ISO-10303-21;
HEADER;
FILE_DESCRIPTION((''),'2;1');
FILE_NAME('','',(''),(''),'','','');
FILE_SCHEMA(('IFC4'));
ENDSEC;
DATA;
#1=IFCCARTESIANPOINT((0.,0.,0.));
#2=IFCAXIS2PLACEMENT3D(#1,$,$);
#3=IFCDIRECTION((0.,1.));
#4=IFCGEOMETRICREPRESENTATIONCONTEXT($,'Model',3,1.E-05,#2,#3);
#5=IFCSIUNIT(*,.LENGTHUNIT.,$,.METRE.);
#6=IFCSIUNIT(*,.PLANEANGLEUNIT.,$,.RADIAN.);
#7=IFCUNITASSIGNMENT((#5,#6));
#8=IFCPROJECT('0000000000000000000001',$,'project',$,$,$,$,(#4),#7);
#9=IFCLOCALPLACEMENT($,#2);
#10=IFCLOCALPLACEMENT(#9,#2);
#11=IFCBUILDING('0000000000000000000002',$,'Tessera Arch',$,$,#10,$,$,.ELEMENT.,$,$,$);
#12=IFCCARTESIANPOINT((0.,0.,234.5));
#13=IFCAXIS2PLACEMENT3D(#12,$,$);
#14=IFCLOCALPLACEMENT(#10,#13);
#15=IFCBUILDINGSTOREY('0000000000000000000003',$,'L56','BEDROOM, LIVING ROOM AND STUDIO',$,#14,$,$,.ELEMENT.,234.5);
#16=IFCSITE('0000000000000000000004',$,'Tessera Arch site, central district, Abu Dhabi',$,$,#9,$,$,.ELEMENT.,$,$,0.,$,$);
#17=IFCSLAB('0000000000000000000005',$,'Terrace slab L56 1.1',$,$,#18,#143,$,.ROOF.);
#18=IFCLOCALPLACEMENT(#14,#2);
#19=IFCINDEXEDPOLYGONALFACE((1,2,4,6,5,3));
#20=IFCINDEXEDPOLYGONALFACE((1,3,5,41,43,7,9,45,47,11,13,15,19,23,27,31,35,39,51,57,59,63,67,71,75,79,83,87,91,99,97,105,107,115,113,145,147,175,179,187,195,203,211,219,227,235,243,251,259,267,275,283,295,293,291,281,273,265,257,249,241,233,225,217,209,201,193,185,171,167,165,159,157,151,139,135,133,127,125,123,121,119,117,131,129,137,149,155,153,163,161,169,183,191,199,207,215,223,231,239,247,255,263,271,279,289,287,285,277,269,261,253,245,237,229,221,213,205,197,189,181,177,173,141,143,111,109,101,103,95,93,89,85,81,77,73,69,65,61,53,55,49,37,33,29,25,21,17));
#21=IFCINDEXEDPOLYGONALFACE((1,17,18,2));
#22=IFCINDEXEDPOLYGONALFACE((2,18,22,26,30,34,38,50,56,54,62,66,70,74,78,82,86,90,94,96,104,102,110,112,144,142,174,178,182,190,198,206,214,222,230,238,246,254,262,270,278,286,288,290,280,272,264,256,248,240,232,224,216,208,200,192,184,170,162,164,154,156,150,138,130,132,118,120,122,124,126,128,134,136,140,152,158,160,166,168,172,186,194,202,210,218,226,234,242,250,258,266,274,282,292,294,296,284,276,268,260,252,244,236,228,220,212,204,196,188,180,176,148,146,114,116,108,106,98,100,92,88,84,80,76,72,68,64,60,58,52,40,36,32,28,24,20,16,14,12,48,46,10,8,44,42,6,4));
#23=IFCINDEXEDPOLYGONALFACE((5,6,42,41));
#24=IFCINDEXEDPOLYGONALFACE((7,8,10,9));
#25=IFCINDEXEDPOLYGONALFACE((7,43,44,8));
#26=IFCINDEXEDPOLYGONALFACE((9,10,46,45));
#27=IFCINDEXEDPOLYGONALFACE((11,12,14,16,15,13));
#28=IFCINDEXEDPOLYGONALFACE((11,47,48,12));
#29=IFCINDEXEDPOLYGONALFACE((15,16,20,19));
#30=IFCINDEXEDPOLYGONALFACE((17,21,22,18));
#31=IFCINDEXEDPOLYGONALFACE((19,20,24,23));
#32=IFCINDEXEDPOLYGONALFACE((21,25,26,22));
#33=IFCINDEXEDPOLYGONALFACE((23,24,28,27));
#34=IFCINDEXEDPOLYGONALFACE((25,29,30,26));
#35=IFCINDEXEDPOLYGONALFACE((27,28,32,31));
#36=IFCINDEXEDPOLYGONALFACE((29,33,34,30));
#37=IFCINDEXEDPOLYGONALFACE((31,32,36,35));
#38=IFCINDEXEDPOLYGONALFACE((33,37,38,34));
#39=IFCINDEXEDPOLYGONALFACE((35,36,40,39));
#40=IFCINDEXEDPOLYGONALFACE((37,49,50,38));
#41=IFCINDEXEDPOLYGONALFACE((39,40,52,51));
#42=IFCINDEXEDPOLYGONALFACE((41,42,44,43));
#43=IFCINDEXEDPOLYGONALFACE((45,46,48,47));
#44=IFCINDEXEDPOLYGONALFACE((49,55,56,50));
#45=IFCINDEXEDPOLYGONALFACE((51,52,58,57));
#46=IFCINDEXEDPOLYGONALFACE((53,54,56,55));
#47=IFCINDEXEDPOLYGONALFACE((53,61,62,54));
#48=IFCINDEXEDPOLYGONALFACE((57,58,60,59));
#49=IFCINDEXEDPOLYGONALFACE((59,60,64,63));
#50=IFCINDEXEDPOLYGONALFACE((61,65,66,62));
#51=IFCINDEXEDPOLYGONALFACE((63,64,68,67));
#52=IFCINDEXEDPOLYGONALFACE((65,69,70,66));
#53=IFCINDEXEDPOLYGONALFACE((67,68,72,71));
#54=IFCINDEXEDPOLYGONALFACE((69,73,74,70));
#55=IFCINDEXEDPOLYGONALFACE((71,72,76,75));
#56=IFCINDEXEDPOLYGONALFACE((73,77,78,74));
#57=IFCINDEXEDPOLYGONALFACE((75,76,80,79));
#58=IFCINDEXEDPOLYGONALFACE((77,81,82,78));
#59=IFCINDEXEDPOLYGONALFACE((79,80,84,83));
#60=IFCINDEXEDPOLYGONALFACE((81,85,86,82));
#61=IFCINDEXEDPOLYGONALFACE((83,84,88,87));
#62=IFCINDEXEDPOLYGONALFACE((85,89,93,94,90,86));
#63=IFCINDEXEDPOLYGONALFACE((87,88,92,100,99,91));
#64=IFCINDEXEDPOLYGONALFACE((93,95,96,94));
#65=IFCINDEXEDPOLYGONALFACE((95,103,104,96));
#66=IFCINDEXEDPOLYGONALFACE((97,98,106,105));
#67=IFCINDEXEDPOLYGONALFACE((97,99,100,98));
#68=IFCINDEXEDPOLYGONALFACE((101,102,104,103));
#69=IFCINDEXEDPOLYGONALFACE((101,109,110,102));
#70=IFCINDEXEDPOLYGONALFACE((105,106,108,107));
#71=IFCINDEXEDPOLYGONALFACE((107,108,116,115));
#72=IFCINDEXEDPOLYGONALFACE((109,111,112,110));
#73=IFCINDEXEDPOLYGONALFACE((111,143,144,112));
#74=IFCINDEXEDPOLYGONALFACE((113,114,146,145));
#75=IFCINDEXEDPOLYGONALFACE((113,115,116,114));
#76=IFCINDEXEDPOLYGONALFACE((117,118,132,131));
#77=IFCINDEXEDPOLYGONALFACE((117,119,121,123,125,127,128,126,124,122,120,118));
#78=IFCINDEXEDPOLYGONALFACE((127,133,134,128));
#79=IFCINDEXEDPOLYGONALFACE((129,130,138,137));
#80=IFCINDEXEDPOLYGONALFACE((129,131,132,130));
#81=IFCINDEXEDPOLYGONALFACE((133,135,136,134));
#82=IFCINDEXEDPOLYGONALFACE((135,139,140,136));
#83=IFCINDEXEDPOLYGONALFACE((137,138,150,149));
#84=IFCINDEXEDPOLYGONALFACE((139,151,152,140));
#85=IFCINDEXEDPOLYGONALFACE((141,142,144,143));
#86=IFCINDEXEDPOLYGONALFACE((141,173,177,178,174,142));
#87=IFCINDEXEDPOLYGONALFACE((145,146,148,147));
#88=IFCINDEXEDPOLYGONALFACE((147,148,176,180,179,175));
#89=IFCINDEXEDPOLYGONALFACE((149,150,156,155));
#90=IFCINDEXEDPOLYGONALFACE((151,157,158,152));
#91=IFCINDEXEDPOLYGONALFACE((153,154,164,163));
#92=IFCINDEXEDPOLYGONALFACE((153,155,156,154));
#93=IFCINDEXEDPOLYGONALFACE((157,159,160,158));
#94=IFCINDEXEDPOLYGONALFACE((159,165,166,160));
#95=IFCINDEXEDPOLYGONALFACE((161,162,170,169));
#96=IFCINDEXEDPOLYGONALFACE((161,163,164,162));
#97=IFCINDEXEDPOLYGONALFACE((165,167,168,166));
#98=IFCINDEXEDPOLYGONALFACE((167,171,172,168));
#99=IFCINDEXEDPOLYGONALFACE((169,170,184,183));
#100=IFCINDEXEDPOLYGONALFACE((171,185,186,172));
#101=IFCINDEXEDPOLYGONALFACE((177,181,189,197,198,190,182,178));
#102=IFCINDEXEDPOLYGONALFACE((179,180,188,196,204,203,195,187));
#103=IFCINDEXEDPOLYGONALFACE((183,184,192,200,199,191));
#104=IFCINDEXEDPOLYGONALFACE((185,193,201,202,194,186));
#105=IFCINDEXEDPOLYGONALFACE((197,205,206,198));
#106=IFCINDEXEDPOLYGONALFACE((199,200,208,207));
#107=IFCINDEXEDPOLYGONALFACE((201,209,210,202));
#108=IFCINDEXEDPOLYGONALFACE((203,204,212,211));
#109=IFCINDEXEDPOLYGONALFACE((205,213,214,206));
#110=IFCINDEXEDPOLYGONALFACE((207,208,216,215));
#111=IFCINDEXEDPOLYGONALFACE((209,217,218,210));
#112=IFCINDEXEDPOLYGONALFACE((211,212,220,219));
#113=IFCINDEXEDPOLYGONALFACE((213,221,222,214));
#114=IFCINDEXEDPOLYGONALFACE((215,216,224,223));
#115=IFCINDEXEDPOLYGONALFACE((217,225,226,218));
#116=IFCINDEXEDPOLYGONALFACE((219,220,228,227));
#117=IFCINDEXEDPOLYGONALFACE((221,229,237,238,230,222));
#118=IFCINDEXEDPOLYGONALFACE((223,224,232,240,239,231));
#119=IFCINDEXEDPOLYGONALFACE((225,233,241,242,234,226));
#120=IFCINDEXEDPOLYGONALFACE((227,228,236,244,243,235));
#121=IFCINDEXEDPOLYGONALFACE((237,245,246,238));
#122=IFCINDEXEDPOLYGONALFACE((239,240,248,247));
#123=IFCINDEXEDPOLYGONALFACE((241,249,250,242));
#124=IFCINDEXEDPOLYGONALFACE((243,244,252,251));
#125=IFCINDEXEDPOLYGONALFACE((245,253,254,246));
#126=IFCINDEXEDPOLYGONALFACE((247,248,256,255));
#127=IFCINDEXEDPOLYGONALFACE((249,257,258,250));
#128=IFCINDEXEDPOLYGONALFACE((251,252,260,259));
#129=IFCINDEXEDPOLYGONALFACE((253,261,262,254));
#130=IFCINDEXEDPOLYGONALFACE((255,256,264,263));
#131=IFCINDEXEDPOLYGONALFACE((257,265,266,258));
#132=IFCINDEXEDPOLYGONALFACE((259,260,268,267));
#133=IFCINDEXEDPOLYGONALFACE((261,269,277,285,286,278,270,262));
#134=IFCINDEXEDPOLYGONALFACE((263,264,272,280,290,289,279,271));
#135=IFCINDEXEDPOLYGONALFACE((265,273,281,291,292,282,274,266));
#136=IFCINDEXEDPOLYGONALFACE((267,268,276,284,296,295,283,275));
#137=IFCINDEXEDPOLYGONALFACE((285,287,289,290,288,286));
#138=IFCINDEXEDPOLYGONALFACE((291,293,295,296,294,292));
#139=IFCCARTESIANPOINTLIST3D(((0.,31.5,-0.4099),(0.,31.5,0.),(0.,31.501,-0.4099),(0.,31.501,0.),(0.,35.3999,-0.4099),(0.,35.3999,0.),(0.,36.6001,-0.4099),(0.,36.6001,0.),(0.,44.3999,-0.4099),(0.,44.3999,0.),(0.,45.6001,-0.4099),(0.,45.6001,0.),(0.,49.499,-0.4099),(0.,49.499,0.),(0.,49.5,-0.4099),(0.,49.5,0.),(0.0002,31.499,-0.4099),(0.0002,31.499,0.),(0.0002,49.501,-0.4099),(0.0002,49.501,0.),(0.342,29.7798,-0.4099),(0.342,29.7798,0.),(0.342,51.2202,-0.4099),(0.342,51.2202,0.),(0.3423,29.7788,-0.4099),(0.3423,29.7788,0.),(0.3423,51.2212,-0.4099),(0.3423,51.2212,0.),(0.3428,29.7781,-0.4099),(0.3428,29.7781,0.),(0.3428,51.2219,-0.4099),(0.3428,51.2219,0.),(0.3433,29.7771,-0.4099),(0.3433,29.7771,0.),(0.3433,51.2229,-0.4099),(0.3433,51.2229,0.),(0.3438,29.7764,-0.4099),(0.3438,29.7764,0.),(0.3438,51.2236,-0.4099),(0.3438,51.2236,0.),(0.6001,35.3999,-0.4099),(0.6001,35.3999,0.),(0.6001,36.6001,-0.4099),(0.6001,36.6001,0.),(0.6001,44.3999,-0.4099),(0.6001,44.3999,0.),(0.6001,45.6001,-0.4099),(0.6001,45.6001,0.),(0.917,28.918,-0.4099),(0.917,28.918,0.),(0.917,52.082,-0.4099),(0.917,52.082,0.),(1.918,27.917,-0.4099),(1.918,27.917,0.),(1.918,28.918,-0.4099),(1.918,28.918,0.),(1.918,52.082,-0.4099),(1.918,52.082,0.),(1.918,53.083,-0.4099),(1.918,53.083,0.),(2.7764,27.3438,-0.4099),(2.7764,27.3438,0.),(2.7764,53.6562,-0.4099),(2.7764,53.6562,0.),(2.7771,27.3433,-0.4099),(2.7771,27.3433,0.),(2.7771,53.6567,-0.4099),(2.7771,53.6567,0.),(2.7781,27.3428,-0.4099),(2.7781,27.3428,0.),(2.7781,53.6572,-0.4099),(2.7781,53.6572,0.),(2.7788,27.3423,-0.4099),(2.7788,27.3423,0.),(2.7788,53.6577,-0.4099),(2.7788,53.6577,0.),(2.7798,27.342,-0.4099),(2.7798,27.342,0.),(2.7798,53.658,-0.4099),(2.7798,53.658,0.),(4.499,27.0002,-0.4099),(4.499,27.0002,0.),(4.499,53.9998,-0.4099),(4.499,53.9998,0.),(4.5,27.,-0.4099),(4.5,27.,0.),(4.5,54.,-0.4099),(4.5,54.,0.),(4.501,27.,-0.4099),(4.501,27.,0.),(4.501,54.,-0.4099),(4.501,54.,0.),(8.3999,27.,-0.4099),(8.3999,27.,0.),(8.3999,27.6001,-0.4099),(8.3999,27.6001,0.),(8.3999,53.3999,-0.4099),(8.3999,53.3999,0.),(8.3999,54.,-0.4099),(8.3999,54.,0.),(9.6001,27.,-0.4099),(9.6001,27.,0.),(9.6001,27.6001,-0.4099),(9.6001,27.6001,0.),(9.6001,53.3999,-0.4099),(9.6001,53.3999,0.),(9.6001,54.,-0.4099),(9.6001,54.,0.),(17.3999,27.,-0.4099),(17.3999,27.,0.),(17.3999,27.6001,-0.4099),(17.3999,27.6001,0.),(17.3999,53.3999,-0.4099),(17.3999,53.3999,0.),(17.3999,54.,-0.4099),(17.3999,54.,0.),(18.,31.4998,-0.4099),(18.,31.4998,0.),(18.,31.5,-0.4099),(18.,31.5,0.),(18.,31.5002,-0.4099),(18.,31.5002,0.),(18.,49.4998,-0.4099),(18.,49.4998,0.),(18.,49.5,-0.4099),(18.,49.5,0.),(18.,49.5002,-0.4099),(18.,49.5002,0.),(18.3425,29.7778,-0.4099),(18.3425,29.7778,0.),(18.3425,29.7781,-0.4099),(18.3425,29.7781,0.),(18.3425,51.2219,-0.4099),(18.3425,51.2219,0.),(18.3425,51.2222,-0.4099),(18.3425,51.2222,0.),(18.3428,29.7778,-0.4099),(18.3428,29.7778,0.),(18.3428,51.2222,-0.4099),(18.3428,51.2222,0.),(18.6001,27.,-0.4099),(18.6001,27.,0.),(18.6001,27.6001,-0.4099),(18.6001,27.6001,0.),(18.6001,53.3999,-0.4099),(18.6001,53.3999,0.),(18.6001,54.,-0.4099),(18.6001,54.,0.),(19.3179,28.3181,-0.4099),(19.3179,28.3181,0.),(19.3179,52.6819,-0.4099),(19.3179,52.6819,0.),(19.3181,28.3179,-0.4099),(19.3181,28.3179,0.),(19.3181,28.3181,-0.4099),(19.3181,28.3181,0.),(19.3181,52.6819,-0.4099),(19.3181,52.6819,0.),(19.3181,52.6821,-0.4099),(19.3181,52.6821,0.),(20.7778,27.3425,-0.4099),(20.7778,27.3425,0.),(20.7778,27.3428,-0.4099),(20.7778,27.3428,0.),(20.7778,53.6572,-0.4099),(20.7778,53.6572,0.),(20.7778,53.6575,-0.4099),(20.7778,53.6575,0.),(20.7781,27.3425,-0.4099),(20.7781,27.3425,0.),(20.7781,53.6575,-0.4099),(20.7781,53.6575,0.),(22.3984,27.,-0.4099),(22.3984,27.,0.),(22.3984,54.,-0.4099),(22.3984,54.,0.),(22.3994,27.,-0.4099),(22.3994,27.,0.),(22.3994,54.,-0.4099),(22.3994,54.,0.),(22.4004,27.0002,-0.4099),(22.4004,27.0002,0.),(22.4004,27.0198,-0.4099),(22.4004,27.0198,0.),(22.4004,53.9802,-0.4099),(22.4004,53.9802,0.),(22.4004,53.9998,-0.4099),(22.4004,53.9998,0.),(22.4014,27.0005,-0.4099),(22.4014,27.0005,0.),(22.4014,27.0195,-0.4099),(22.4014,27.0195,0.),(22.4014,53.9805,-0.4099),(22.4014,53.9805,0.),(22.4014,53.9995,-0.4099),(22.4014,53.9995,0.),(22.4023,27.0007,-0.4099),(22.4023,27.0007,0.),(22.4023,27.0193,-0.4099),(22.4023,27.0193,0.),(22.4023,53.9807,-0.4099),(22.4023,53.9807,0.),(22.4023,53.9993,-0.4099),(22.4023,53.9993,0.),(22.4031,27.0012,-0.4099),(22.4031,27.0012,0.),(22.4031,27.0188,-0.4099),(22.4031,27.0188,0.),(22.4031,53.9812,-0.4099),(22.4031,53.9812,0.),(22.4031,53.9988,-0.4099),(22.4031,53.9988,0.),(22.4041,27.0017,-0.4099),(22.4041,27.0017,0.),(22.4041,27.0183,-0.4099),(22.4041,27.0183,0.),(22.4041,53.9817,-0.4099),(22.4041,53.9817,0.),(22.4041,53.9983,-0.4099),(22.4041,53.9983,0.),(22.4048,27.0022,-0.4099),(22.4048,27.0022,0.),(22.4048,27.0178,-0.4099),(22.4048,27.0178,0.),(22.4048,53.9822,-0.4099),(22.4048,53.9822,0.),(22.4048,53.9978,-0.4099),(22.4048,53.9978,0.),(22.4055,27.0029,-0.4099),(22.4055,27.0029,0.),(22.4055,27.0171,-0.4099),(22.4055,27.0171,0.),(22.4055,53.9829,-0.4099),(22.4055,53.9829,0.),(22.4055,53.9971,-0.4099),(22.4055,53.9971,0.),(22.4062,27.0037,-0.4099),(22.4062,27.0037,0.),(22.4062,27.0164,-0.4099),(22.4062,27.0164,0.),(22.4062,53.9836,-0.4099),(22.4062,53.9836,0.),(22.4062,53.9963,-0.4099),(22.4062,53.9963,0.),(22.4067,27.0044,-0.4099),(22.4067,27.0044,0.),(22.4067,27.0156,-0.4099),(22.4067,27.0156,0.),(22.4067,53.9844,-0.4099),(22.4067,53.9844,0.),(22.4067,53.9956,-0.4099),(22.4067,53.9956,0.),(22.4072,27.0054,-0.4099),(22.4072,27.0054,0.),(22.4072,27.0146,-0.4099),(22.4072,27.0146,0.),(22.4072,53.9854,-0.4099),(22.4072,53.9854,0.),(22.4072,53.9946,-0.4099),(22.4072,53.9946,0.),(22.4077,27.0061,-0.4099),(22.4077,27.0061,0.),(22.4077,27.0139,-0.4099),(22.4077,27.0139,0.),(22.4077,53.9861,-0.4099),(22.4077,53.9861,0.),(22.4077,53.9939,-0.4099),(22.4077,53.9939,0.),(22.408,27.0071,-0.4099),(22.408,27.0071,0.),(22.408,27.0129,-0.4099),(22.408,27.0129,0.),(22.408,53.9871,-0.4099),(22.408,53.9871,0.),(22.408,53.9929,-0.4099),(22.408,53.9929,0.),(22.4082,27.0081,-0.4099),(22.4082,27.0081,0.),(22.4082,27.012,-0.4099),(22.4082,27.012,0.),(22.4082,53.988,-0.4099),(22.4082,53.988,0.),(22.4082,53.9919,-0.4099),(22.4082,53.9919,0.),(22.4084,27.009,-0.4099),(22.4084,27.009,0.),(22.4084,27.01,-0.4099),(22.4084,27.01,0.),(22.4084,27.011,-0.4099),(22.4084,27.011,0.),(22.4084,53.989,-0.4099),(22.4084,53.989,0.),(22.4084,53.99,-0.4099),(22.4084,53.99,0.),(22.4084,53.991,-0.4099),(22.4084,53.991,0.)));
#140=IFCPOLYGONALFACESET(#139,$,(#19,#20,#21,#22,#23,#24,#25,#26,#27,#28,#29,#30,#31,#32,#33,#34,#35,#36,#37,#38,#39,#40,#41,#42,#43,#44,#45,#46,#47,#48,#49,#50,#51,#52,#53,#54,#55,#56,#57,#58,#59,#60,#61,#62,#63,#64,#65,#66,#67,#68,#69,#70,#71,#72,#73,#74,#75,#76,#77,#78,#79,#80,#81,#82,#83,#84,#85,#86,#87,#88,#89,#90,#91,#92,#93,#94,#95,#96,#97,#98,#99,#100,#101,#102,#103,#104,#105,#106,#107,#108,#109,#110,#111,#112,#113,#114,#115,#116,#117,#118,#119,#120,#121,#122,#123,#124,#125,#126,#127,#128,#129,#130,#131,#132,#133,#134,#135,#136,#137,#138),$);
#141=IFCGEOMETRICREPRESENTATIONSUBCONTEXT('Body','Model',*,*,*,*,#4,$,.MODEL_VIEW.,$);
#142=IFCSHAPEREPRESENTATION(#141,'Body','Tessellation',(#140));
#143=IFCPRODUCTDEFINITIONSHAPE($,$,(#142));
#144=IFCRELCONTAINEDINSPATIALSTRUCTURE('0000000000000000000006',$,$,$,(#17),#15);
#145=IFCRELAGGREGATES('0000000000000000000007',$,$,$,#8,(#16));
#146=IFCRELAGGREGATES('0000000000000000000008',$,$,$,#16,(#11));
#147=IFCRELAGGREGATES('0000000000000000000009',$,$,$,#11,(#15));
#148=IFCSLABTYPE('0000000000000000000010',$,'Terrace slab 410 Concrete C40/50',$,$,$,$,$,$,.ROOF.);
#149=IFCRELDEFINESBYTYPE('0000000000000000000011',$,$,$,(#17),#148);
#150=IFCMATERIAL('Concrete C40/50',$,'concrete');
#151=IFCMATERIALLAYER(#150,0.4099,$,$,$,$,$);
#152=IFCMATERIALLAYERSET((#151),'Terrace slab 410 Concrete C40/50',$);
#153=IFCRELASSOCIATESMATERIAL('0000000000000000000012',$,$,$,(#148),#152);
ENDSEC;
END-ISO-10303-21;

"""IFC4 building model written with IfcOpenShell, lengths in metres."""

from ifc_helpers import new_model, si_unit, direction, frame, origin, place, context, subcontext, project, spatial, polyline, outline, extrude, material, layer, layer_set, type_object, element, save


model = new_model("IFC4")

# Units and contexts
model_context = context("Model", 3, precision=1e-05, world=origin(), true_north=direction((0.0, 1.0)))
body_context = subcontext(model_context, "Body", "Model", "MODEL_VIEW")
ifc_project = project(units=[si_unit("LENGTHUNIT", "METRE"), si_unit("PLANEANGLEUNIT", "RADIAN")], contexts=[model_context])

# Site, building, storey
site_placement = place(None, origin())
site = spatial("IfcSite", under=ifc_project, at=site_placement, Name="Tessera Arch site, central district, Abu Dhabi", CompositionType="ELEMENT", RefElevation=0.0)
building_placement = place(site_placement, origin())
building = spatial("IfcBuilding", under=site, at=building_placement, Name="Tessera Arch", CompositionType="ELEMENT")
storey_placement = place(building_placement, frame((0.0, 0.0, 234.5)))
storey = spatial("IfcBuildingStorey", under=building, at=storey_placement, Name="L56", Description="BEDROOM, LIVING ROOM AND STUDIO", CompositionType="ELEMENT", Elevation=234.5)

# Slab
ifc_material_1 = material(Name="Concrete C40/50", Category="concrete")
ifc_layer_1 = layer(ifc_material_1, 0.4099)
ifc_layer_set_1 = layer_set([ifc_layer_1], Name="Terrace slab 410 Concrete C40/50")
slab_type_1 = type_object("IfcSlabType", Name="Terrace slab 410 Concrete C40/50", PredefinedType="ROOF", material=ifc_layer_set_1)
slab_1_placement = place(storey_placement, frame((0.0, 0.0, -0.4099)))
element("IfcSlab", 1, at=slab_1_placement, inside=storey, type_object=slab_type_1, Name="Terrace slab L56 1.1", PredefinedType="ROOF", context=body_context, shape_type="SweptSolid", body=[
    extrude(outline(polyline([(4.5, 27.0), (4.499, 27.0002), (2.7798, 27.342), (2.7788, 27.3423), (2.7781, 27.3428), (2.7771, 27.3433), (2.7764, 27.3438), (1.918, 27.917), (1.918, 28.918), (0.917, 28.918), (0.3438, 29.7764), (0.3433, 29.7771), (0.3428, 29.7781), (0.3423, 29.7788), (0.342, 29.7798), (0.0002, 31.499), (0.0, 31.5), (0.0, 31.501), (0.0, 35.3999), (0.6001, 35.3999), (0.6001, 36.6001), (0.0, 36.6001), (0.0, 44.3999), (0.6001, 44.3999), (0.6001, 45.6001), (0.0, 45.6001), (0.0, 49.499), (0.0, 49.5), (0.0002, 49.501), (0.342, 51.2202), (0.3423, 51.2212), (0.3428, 51.2219), (0.3433, 51.2229), (0.3438, 51.2236), (0.917, 52.082), (1.918, 52.082), (1.918, 53.083), (2.7764, 53.6562), (2.7771, 53.6567), (2.7781, 53.6572), (2.7788, 53.6577), (2.7798, 53.658), (4.499, 53.9998), (4.5, 54.0), (4.501, 54.0), (8.3999, 54.0), (8.3999, 53.3999), (9.6001, 53.3999), (9.6001, 54.0), (17.3999, 54.0), (17.3999, 53.3999), (18.6001, 53.3999), (18.6001, 54.0), (22.3984, 54.0), (22.3994, 54.0), (22.4004, 53.9998), (22.4014, 53.9995), (22.4023, 53.9993), (22.4031, 53.9988), (22.4041, 53.9983), (22.4048, 53.9978), (22.4055, 53.9971), (22.4062, 53.9963), (22.4067, 53.9956), (22.4072, 53.9946), (22.4077, 53.9939), (22.408, 53.9929), (22.4082, 53.9919), (22.4084, 53.991), (22.4084, 53.99), (22.4084, 53.989), (22.4082, 53.988), (22.408, 53.9871), (22.4077, 53.9861), (22.4072, 53.9854), (22.4067, 53.9844), (22.4062, 53.9836), (22.4055, 53.9829), (22.4048, 53.9822), (22.4041, 53.9817), (22.4031, 53.9812), (22.4023, 53.9807), (22.4014, 53.9805), (22.4004, 53.9802), (20.7781, 53.6575), (20.7778, 53.6575), (20.7778, 53.6572), (19.3181, 52.6821), (19.3181, 52.6819), (19.3179, 52.6819), (18.3428, 51.2222), (18.3425, 51.2222), (18.3425, 51.2219), (18.0, 49.5002), (18.0, 49.5), (18.0, 49.4998), (18.0, 31.5002), (18.0, 31.5), (18.0, 31.4998), (18.3425, 29.7781), (18.3425, 29.7778), (18.3428, 29.7778), (19.3179, 28.3181), (19.3181, 28.3181), (19.3181, 28.3179), (20.7778, 27.3428), (20.7778, 27.3425), (20.7781, 27.3425), (22.4004, 27.0198), (22.4014, 27.0195), (22.4023, 27.0193), (22.4031, 27.0188), (22.4041, 27.0183), (22.4048, 27.0178), (22.4055, 27.0171), (22.4062, 27.0164), (22.4067, 27.0156), (22.4072, 27.0146), (22.4077, 27.0139), (22.408, 27.0129), (22.4082, 27.012), (22.4084, 27.011), (22.4084, 27.01), (22.4084, 27.009), (22.4082, 27.0081), (22.408, 27.0071), (22.4077, 27.0061), (22.4072, 27.0054), (22.4067, 27.0044), (22.4062, 27.0037), (22.4055, 27.0029), (22.4048, 27.0022), (22.4041, 27.0017), (22.4031, 27.0012), (22.4023, 27.0007), (22.4014, 27.0005), (22.4004, 27.0002), (22.3994, 27.0), (22.3984, 27.0), (18.6001, 27.0), (18.6001, 27.6001), (17.3999, 27.6001), (17.3999, 27.0), (9.6001, 27.0), (9.6001, 27.6001), (8.3999, 27.6001), (8.3999, 27.0), (4.501, 27.0), (4.5, 27.0)])), origin(), (0.0, 0.0, 1.0), 0.4099),
])

save(model, "model.ifc")
